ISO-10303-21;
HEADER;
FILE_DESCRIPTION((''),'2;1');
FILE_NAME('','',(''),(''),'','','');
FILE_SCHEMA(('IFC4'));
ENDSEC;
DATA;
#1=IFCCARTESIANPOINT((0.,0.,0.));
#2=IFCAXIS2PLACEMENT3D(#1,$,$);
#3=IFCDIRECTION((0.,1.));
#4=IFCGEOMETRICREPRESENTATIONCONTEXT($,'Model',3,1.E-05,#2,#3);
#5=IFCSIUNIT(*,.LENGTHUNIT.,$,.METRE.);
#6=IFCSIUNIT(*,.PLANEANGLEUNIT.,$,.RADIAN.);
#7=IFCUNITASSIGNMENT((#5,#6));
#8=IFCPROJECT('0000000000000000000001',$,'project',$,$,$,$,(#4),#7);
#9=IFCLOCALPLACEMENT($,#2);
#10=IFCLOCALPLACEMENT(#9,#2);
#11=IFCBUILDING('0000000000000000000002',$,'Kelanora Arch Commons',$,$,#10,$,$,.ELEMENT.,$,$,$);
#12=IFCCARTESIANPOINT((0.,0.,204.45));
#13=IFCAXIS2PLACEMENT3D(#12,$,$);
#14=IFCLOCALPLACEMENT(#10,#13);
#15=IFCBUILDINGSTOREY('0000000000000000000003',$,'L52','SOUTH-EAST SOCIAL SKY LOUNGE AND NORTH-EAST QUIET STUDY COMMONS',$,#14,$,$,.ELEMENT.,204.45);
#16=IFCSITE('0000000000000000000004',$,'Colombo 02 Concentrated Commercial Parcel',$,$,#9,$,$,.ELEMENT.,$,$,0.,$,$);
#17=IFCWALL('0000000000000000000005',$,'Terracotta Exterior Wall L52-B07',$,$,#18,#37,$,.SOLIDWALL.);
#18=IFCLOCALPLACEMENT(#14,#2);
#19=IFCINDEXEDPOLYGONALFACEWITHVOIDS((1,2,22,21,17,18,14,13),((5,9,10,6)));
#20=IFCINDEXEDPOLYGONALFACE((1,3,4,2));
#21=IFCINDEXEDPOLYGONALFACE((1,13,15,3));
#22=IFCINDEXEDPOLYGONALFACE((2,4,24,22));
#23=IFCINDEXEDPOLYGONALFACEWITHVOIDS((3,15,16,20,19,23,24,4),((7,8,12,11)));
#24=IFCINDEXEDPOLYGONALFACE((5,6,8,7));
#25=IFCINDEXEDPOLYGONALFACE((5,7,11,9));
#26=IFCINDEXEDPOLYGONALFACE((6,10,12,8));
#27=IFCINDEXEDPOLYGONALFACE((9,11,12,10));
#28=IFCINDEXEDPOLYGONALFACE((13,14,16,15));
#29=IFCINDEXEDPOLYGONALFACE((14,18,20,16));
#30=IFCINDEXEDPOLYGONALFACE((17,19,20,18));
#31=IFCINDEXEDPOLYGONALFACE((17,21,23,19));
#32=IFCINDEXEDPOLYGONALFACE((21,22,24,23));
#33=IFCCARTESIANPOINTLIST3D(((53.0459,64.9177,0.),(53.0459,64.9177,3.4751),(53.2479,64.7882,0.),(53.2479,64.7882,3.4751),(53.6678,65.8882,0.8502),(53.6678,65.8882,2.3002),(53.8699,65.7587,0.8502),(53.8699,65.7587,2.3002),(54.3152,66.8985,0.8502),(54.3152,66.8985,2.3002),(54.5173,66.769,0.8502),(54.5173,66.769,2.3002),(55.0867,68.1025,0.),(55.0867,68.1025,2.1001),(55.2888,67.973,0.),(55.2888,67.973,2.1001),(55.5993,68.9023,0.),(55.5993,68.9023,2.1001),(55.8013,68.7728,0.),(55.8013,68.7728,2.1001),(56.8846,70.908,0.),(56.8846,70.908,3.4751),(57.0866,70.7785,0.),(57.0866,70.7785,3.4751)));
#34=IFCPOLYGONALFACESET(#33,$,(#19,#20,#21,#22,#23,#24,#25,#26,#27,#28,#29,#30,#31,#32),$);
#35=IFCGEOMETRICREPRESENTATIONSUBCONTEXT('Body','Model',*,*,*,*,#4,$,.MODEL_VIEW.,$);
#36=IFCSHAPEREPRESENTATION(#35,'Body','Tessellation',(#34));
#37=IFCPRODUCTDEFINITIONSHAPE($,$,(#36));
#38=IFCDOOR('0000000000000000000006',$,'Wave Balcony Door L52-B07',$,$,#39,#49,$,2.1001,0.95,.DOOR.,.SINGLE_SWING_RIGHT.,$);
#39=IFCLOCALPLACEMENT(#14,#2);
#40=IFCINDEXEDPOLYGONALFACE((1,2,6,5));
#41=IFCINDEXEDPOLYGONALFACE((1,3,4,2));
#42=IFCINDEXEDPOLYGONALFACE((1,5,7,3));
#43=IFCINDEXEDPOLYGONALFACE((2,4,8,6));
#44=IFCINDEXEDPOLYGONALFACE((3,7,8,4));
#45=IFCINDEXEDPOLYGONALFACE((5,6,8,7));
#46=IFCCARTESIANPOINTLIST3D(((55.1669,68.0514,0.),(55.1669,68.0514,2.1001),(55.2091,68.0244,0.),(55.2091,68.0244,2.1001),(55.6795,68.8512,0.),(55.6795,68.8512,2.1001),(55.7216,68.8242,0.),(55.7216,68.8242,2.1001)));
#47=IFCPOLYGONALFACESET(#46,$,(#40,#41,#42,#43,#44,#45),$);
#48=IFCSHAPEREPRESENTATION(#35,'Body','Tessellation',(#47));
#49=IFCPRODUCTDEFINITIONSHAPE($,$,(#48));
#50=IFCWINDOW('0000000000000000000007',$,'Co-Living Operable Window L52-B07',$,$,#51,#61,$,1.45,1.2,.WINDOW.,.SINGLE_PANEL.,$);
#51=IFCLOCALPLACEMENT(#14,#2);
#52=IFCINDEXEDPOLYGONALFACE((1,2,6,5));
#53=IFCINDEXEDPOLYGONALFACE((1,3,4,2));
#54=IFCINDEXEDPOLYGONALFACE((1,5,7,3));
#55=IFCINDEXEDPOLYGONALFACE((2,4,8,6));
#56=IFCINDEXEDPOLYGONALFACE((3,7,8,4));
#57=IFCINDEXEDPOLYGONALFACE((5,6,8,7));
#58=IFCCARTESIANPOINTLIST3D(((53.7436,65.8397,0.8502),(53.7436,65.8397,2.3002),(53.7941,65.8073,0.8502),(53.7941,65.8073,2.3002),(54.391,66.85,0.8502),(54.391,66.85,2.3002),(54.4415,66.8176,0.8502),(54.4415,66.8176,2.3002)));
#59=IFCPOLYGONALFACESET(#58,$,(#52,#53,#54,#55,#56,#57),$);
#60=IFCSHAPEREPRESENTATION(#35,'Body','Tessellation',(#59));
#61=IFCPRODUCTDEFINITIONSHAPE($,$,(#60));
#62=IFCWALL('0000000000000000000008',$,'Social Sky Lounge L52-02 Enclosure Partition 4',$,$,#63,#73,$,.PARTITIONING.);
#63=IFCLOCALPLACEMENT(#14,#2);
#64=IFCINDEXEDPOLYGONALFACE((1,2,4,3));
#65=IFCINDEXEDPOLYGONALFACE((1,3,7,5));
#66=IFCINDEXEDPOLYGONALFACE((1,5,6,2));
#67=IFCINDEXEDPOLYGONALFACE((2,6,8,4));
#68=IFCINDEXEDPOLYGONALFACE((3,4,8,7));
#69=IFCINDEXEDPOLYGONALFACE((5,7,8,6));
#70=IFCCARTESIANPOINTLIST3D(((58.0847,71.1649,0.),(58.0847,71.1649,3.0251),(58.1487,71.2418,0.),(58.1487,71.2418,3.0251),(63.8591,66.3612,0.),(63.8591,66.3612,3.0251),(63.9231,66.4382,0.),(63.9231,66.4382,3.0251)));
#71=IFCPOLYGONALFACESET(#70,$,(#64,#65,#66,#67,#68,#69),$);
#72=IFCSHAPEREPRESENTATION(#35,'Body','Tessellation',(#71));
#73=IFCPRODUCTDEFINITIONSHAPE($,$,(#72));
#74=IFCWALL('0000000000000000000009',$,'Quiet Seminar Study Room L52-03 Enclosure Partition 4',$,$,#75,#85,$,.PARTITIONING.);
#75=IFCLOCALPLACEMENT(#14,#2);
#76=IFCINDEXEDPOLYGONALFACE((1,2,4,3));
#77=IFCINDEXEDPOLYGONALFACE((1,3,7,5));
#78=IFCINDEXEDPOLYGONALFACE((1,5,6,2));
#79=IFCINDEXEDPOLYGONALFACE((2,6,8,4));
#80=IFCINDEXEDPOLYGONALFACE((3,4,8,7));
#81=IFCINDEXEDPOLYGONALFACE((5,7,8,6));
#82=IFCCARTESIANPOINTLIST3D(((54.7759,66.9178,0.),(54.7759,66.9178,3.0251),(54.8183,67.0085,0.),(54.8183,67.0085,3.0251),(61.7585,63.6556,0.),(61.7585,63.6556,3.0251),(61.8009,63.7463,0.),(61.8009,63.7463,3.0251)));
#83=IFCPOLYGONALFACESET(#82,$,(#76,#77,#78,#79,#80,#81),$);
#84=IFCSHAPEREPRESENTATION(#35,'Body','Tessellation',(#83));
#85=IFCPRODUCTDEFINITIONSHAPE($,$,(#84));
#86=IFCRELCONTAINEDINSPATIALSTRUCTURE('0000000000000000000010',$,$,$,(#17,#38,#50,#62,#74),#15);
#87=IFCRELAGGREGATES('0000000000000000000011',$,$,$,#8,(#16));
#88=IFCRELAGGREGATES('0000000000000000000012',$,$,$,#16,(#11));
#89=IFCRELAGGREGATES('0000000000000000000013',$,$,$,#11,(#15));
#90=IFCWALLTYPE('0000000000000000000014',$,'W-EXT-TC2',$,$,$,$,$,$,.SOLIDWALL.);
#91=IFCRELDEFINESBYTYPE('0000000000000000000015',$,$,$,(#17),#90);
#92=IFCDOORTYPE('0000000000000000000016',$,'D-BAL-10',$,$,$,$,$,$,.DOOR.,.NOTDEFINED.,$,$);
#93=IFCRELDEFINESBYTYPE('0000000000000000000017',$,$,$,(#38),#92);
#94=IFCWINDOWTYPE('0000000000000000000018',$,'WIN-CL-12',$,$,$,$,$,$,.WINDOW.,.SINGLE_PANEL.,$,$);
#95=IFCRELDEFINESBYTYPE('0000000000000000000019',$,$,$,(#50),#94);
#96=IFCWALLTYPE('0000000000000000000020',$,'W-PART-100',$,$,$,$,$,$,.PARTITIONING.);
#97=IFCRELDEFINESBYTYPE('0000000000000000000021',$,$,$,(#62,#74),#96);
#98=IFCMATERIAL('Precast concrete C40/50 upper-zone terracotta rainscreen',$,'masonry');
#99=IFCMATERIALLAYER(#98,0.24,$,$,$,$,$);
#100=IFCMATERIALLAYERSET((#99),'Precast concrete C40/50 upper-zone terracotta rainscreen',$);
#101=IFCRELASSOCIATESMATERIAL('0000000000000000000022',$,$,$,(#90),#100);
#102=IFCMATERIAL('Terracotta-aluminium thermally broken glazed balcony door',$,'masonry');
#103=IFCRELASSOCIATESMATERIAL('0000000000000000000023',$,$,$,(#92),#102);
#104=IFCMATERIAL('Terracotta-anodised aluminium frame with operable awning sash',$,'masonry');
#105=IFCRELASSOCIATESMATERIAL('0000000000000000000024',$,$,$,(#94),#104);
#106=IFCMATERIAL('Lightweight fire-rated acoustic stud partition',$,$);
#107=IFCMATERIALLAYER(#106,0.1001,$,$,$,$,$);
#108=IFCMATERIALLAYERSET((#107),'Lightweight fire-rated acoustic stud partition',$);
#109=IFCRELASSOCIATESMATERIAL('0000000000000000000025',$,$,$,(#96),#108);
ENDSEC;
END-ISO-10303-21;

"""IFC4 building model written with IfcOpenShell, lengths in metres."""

from ifc_helpers import new_model, si_unit, direction, frame, frame_2d, origin, place, context, subcontext, project, spatial, rectangle, extrude, material, layer, layer_set, type_object, element, fill, save


model = new_model("IFC4")

# Units and contexts
model_context = context("Model", 3, precision=1e-05, world=origin(), true_north=direction((0.0, 1.0)))
body_context = subcontext(model_context, "Body", "Model", "MODEL_VIEW")
ifc_project = project(units=[si_unit("LENGTHUNIT", "METRE"), si_unit("PLANEANGLEUNIT", "RADIAN")], contexts=[model_context])

# Site, building, storey
site_placement = place(None, origin())
site = spatial("IfcSite", under=ifc_project, at=site_placement, Name="Colombo 02 Concentrated Commercial Parcel", CompositionType="ELEMENT", RefElevation=0.0)
building_placement = place(site_placement, origin())
building = spatial("IfcBuilding", under=site, at=building_placement, Name="Kelanora Arch Commons", CompositionType="ELEMENT")
storey_placement = place(building_placement, frame((0.0, 0.0, 204.45)))
storey = spatial("IfcBuildingStorey", under=building, at=storey_placement, Name="L52", Description="SOUTH-EAST SOCIAL SKY LOUNGE AND NORTH-EAST QUIET STUDY COMMONS", CompositionType="ELEMENT", Elevation=204.45)

# Shared definitions
ifc_material_1 = material(Name="Precast concrete C40/50 upper-zone terracotta rainscreen", Category="masonry")
ifc_layer_1 = layer(ifc_material_1, 0.24)
ifc_layer_set_1 = layer_set([ifc_layer_1], Name="Precast concrete C40/50 upper-zone terracotta rainscreen")
wall_type_1 = type_object("IfcWallType", Name="W-EXT-TC2", PredefinedType="SOLIDWALL", material=ifc_layer_set_1)

# Wall, openings, door, window
wall_1_placement = place(storey_placement, frame((56.9856, 70.8433, 0.0), z_axis=(0.0, 0.0, 1.0), x_axis=(-0.53954, -0.84196, 0.0)))
wall_1 = element("IfcWall", 1, at=wall_1_placement, inside=storey, type_object=wall_type_1, Name="Terracotta Exterior Wall L52-B07", PredefinedType="SOLIDWALL", context=body_context, shape_type="SweptSolid", body=[
    extrude(rectangle(XDim=7.1147, YDim=0.24, at=frame_2d((3.5574, 0.0))), origin(), (0.0, 0.0, 1.0), 3.4751),
])
opening_1_placement = place(wall_1_placement, frame((2.3821, 0.0, 0.0)))
opening_1 = element("IfcOpeningElement", 2, at=opening_1_placement, cuts=wall_1, PredefinedType="OPENING", context=body_context, shape_type="SweptSolid", body=[
    extrude(rectangle(XDim=0.95, YDim=2.1001, at=frame_2d((0.4751, 1.05))), frame((0.0, 0.1299, 0.0), z_axis=(0.0, -1.0, 0.0), x_axis=(1.0, 0.0, 0.0)), (0.0, 0.0, 1.0), 0.26),
])
opening_2_placement = place(wall_1_placement, frame((4.762, 0.0, 0.8501)))
opening_2 = element("IfcOpeningElement", 3, at=opening_2_placement, cuts=wall_1, PredefinedType="OPENING", context=body_context, shape_type="SweptSolid", body=[
    extrude(rectangle(XDim=1.2, YDim=1.45, at=frame_2d((0.6001, 0.7251))), frame((0.0, 0.1299, 0.0), z_axis=(0.0, -1.0, 0.0), x_axis=(1.0, 0.0, 0.0)), (0.0, 0.0, 1.0), 0.26),
])
ifc_material_2 = material(Name="Terracotta-aluminium thermally broken glazed balcony door", Category="masonry")
door_type = type_object("IfcDoorType", Name="D-BAL-10", OperationType="NOTDEFINED", PredefinedType="DOOR", material=ifc_material_2)
door_placement = place(opening_1_placement, frame((0.95, 0.0, 0.0), z_axis=(0.0, 0.0, 1.0), x_axis=(-1.0, 0.0, 0.0)))
door = element("IfcDoor", 4, at=door_placement, inside=storey, type_object=door_type, Name="Wave Balcony Door L52-B07", OperationType="SINGLE_SWING_RIGHT", OverallHeight=2.1001, OverallWidth=0.95, PredefinedType="DOOR", context=body_context, shape_type="SweptSolid", body=[
    extrude(rectangle(XDim=0.95, YDim=2.1001, at=frame_2d((0.4751, 1.05))), frame((0.0, 0.0249, 0.0), z_axis=(0.0, -1.0, 0.0), x_axis=(1.0, 0.0, 0.0)), (0.0, 0.0, 1.0), 0.05),
])
fill(opening_1, door)
ifc_material_3 = material(Name="Terracotta-anodised aluminium frame with operable awning sash", Category="masonry")
window_type_1 = type_object("IfcWindowType", Name="WIN-CL-12", PartitioningType="SINGLE_PANEL", PredefinedType="WINDOW", material=ifc_material_3)
window_1_placement = place(opening_2_placement, origin())
window_1 = element("IfcWindow", 5, at=window_1_placement, inside=storey, type_object=window_type_1, Name="Co-Living Operable Window L52-B07", OverallHeight=1.45, OverallWidth=1.2, PartitioningType="SINGLE_PANEL", PredefinedType="WINDOW", context=body_context, shape_type="SweptSolid", body=[
    extrude(rectangle(XDim=1.2, YDim=1.45, at=frame_2d((0.6001, 0.7251))), frame((0.0, 0.03, 0.0), z_axis=(0.0, -1.0, 0.0), x_axis=(1.0, 0.0, 0.0)), (0.0, 0.0, 1.0), 0.0601),
])
fill(opening_2, window_1)

# Walls
ifc_material_4 = material(Name="Lightweight fire-rated acoustic stud partition")
ifc_layer_2 = layer(ifc_material_4, 0.1001)
ifc_layer_set_2 = layer_set([ifc_layer_2], Name="Lightweight fire-rated acoustic stud partition")
wall_type_2 = type_object("IfcWallType", Name="W-PART-100", PredefinedType="PARTITIONING", material=ifc_layer_set_2)
wall_2_placement = place(storey_placement, frame((58.1167, 71.2034, 0.0), z_axis=(0.0, 0.0, 1.0), x_axis=(0.768764, -0.639532, 0.0)))
element("IfcWall", 6, at=wall_2_placement, inside=storey, type_object=wall_type_2, Name="Social Sky Lounge L52-02 Enclosure Partition 4", PredefinedType="PARTITIONING", context=body_context, shape_type="SweptSolid", body=[
    extrude(rectangle(XDim=7.5112, YDim=0.1001, at=frame_2d((3.7556, 0.0))), origin(), (0.0, 0.0, 1.0), 3.0251),
])
wall_3_placement = place(storey_placement, frame((54.7971, 66.9631, 0.0), z_axis=(0.0, 0.0, 1.0), x_axis=(0.906003, -0.423272, 0.0)))
element("IfcWall", 7, at=wall_3_placement, inside=storey, type_object=wall_type_2, Name="Quiet Seminar Study Room L52-03 Enclosure Partition 4", PredefinedType="PARTITIONING", context=body_context, shape_type="SweptSolid", body=[
    extrude(rectangle(XDim=7.707, YDim=0.1001, at=frame_2d((3.8535, 0.0))), origin(), (0.0, 0.0, 1.0), 3.0251),
])

save(model, "model.ifc")
